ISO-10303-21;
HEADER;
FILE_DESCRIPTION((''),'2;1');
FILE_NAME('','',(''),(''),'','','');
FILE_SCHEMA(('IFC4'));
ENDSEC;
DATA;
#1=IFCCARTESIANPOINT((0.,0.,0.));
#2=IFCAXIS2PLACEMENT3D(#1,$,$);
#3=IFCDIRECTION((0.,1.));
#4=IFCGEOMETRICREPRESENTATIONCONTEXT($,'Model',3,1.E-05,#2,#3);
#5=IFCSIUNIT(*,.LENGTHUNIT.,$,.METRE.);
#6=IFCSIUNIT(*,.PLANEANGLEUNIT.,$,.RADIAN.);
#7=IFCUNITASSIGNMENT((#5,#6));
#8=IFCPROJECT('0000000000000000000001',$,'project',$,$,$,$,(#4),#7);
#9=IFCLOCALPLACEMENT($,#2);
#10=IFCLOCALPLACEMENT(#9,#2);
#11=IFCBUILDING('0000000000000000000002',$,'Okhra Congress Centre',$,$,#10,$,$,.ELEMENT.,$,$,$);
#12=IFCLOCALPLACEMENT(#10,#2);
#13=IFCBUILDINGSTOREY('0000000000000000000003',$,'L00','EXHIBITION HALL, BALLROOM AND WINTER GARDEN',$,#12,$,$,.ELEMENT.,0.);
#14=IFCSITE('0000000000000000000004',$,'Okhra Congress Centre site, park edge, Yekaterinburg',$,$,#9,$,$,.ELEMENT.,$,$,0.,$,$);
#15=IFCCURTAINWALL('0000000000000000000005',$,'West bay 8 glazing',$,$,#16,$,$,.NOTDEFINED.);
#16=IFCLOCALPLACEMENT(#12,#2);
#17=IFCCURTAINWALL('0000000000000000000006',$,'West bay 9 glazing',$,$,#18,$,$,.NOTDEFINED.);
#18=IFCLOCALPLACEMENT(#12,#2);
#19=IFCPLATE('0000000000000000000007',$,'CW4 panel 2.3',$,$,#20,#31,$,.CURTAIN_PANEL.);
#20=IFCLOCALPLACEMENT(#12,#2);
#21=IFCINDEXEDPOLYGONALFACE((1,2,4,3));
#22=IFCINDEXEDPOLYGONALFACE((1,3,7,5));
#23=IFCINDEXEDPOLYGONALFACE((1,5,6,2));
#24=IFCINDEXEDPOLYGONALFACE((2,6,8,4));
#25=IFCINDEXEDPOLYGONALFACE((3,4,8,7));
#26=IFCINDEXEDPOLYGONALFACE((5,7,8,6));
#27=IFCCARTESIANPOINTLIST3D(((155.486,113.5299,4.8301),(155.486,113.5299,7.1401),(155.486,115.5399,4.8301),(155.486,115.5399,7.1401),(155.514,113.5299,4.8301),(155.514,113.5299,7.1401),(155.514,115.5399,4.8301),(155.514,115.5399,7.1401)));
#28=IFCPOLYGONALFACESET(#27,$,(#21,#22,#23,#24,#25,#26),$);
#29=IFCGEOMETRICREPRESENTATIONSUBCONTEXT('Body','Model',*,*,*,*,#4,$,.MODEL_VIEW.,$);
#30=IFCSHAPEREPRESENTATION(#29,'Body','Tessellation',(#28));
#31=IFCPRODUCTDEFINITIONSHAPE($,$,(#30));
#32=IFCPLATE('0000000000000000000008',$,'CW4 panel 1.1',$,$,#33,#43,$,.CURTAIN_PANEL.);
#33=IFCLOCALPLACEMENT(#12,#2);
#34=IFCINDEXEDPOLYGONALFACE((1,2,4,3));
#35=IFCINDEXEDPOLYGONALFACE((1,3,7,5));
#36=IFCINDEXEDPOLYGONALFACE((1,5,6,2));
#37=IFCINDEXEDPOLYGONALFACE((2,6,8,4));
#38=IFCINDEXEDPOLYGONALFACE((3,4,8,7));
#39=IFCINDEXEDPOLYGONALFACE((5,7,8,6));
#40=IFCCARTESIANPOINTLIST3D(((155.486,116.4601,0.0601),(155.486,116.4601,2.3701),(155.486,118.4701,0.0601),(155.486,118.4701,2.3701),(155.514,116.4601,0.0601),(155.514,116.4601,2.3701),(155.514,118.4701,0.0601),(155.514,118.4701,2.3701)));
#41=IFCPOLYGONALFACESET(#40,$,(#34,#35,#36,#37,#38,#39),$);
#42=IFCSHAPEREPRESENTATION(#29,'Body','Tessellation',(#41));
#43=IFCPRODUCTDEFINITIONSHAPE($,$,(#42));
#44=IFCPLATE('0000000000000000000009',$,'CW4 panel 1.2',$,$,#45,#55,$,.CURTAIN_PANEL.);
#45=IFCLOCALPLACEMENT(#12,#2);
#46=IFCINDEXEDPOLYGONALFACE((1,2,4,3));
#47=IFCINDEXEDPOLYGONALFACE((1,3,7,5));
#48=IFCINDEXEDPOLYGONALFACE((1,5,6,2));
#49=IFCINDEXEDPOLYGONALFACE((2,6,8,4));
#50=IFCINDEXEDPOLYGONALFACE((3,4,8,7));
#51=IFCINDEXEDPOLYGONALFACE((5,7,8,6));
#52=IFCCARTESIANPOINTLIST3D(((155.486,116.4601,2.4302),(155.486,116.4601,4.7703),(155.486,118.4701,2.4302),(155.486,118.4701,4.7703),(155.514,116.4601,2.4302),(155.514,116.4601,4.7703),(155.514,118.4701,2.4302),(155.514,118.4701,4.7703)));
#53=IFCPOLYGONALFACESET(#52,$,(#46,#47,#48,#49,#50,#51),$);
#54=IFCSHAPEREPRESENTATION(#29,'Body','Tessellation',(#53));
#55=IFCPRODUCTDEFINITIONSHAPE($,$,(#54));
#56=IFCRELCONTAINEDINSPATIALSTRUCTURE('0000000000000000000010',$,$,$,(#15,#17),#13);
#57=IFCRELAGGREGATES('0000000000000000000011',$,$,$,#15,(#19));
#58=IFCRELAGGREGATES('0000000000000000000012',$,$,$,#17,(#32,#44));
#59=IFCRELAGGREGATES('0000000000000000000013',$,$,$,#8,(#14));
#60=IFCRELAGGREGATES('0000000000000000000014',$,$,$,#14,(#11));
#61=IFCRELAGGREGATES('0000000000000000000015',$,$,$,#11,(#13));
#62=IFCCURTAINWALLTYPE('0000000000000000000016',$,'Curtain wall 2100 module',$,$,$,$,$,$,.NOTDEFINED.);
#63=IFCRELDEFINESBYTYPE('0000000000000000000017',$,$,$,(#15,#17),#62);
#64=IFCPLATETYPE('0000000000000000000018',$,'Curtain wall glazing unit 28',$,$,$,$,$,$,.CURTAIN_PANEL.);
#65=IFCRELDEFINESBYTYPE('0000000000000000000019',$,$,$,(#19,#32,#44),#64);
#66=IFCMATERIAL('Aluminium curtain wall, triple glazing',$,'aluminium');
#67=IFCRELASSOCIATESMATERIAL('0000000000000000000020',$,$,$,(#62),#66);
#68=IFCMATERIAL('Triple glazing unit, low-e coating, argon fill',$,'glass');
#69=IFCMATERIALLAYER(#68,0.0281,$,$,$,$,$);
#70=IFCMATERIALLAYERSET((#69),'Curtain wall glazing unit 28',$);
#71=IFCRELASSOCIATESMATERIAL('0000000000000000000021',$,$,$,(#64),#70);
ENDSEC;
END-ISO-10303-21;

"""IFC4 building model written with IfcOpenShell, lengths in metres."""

from ifc_helpers import new_model, si_unit, direction, frame, origin, origin_2d, place, context, subcontext, project, spatial, rectangle, extrude, material, layer, layer_set, type_object, element, aggregate, save


model = new_model("IFC4")

# Units and contexts
model_context = context("Model", 3, precision=1e-05, world=origin(), true_north=direction((0.0, 1.0)))
body_context = subcontext(model_context, "Body", "Model", "MODEL_VIEW")
ifc_project = project(units=[si_unit("LENGTHUNIT", "METRE"), si_unit("PLANEANGLEUNIT", "RADIAN")], contexts=[model_context])

# Site, building, storey
site_placement = place(None, origin())
site = spatial("IfcSite", under=ifc_project, at=site_placement, Name="Okhra Congress Centre site, park edge, Yekaterinburg", CompositionType="ELEMENT", RefElevation=0.0)
building_placement = place(site_placement, origin())
building = spatial("IfcBuilding", under=site, at=building_placement, Name="Okhra Congress Centre", CompositionType="ELEMENT")
storey_placement = place(building_placement, origin())
storey = spatial("IfcBuildingStorey", under=building, at=storey_placement, Name="L00", Description="EXHIBITION HALL, BALLROOM AND WINTER GARDEN", CompositionType="ELEMENT", Elevation=0.0)

# Curtain wall
ifc_material_1 = material(Name="Aluminium curtain wall, triple glazing", Category="aluminium")
curtain_wall_type = type_object("IfcCurtainWallType", Name="Curtain wall 2100 module", PredefinedType="NOTDEFINED", material=ifc_material_1)
curtain_wall_1_placement = place(storey_placement, origin())
curtain_wall_1 = element("IfcCurtainWall", 1, at=curtain_wall_1_placement, inside=storey, type_object=curtain_wall_type, Name="West bay 8 glazing", PredefinedType="NOTDEFINED")

# Curtain wall
curtain_wall_2_placement = place(storey_placement, origin())
curtain_wall_2 = element("IfcCurtainWall", 2, at=curtain_wall_2_placement, inside=storey, type_object=curtain_wall_type, Name="West bay 9 glazing", PredefinedType="NOTDEFINED")

# Plates
ifc_material_2 = material(Name="Triple glazing unit, low-e coating, argon fill", Category="glass")
ifc_layer = layer(ifc_material_2, 0.0281)
ifc_layer_set = layer_set([ifc_layer], Name="Curtain wall glazing unit 28")
plate_type = type_object("IfcPlateType", Name="Curtain wall glazing unit 28", PredefinedType="CURTAIN_PANEL", material=ifc_layer_set)
plate_1_placement = place(storey_placement, frame((155.5, 114.5349, 4.8301), z_axis=(0.0, 0.0, 1.0), x_axis=(0.0, 1.0, 0.0)))
plate_1 = element("IfcPlate", 3, at=plate_1_placement, type_object=plate_type, Name="CW4 panel 2.3", PredefinedType="CURTAIN_PANEL", context=body_context, shape_type="SweptSolid", body=[
    extrude(rectangle(XDim=2.01, YDim=0.0281, at=origin_2d()), origin(), (0.0, 0.0, 1.0), 2.3101),
])
aggregate(curtain_wall_1, [plate_1])
plate_2_placement = place(storey_placement, frame((155.5, 117.4651, 0.0601), z_axis=(0.0, 0.0, 1.0), x_axis=(0.0, 1.0, 0.0)))
plate_2 = element("IfcPlate", 4, at=plate_2_placement, type_object=plate_type, Name="CW4 panel 1.1", PredefinedType="CURTAIN_PANEL", context=body_context, shape_type="SweptSolid", body=[
    extrude(rectangle(XDim=2.01, YDim=0.0281, at=origin_2d()), origin(), (0.0, 0.0, 1.0), 2.3101),
])
plate_3_placement = place(storey_placement, frame((155.5, 117.4651, 2.4302), z_axis=(0.0, 0.0, 1.0), x_axis=(0.0, 1.0, 0.0)))
plate_3 = element("IfcPlate", 5, at=plate_3_placement, type_object=plate_type, Name="CW4 panel 1.2", PredefinedType="CURTAIN_PANEL", context=body_context, shape_type="SweptSolid", body=[
    extrude(rectangle(XDim=2.01, YDim=0.0281, at=origin_2d()), origin(), (0.0, 0.0, 1.0), 2.3401),
])
aggregate(curtain_wall_2, [plate_2, plate_3])

save(model, "model.ifc")
